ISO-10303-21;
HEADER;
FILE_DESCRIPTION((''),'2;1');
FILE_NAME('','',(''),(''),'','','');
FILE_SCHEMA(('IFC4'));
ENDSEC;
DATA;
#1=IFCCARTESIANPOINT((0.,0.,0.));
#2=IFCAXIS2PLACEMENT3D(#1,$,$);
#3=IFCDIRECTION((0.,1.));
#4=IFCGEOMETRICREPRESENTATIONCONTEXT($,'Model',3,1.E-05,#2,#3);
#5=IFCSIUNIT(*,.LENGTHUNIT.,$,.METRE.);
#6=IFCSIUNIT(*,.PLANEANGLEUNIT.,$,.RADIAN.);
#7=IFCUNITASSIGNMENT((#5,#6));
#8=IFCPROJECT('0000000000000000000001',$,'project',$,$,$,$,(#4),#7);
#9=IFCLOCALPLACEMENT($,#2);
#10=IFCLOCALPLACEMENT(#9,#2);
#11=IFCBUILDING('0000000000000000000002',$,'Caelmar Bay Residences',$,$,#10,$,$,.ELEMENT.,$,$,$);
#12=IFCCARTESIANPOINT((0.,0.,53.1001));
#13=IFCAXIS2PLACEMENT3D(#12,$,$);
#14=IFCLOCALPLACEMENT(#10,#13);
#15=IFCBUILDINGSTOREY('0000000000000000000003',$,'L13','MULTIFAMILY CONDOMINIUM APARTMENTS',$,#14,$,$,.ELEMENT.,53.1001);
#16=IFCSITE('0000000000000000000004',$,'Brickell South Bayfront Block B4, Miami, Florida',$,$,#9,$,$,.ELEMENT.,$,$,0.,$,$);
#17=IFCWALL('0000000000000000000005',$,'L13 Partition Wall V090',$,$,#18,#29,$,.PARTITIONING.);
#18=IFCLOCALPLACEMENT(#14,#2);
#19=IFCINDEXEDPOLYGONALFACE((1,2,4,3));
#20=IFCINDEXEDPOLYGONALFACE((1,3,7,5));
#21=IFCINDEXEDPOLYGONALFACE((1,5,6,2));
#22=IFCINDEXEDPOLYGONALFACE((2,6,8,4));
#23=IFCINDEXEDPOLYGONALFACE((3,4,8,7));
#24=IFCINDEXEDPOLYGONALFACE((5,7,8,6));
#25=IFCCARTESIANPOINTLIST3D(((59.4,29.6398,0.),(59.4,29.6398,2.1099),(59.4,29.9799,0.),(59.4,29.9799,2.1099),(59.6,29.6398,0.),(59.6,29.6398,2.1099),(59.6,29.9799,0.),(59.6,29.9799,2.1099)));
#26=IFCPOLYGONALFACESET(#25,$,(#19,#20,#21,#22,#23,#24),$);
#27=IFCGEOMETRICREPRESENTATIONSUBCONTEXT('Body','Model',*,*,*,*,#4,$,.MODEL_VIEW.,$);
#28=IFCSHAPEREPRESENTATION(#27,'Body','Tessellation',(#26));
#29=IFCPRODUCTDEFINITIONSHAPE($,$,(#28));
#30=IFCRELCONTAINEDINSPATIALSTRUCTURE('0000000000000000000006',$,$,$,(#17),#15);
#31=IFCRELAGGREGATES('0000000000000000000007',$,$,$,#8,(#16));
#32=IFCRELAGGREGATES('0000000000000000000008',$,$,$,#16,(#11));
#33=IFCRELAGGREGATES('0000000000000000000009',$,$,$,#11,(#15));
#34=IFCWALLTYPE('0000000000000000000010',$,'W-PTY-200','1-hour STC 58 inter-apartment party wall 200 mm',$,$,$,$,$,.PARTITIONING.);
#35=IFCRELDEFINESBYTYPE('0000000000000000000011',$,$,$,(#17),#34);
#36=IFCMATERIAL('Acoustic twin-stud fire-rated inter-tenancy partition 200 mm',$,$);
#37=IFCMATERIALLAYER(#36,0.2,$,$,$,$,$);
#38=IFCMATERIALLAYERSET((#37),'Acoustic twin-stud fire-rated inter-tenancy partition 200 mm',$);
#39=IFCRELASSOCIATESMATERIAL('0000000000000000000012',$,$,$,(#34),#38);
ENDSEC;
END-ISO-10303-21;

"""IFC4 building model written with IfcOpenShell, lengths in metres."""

from ifc_helpers import new_model, si_unit, direction, frame, frame_2d, origin, place, context, subcontext, project, spatial, rectangle, extrude, material, layer, layer_set, type_object, element, save


model = new_model("IFC4")

# Units and contexts
model_context = context("Model", 3, precision=1e-05, world=origin(), true_north=direction((0.0, 1.0)))
body_context = subcontext(model_context, "Body", "Model", "MODEL_VIEW")
ifc_project = project(units=[si_unit("LENGTHUNIT", "METRE"), si_unit("PLANEANGLEUNIT", "RADIAN")], contexts=[model_context])

# Site, building, storey
site_placement = place(None, origin())
site = spatial("IfcSite", under=ifc_project, at=site_placement, Name="Brickell South Bayfront Block B4, Miami, Florida", CompositionType="ELEMENT", RefElevation=0.0)
building_placement = place(site_placement, origin())
building = spatial("IfcBuilding", under=site, at=building_placement, Name="Caelmar Bay Residences", CompositionType="ELEMENT")
storey_placement = place(building_placement, frame((0.0, 0.0, 53.1001)))
storey = spatial("IfcBuildingStorey", under=building, at=storey_placement, Name="L13", Description="MULTIFAMILY CONDOMINIUM APARTMENTS", CompositionType="ELEMENT", Elevation=53.1001)

# Wall
ifc_material_1 = material(Name="Acoustic twin-stud fire-rated inter-tenancy partition 200 mm")
ifc_layer_1 = layer(ifc_material_1, 0.2)
ifc_layer_set_1 = layer_set([ifc_layer_1], Name="Acoustic twin-stud fire-rated inter-tenancy partition 200 mm")
wall_type_1 = type_object("IfcWallType", Name="W-PTY-200", Description="1-hour STC 58 inter-apartment party wall 200 mm", PredefinedType="PARTITIONING", material=ifc_layer_set_1)
wall_1_placement = place(storey_placement, frame((59.5, 29.6399, 0.0), z_axis=(0.0, 0.0, 1.0), x_axis=(0.0, 1.0, 0.0)))
element("IfcWall", 1, at=wall_1_placement, inside=storey, type_object=wall_type_1, Name="L13 Partition Wall V090", PredefinedType="PARTITIONING", context=body_context, shape_type="SweptSolid", body=[
    extrude(rectangle(XDim=0.3401, YDim=0.2, at=frame_2d((0.1699, 0.0))), origin(), (0.0, 0.0, 1.0), 2.1099),
])

save(model, "model.ifc")
